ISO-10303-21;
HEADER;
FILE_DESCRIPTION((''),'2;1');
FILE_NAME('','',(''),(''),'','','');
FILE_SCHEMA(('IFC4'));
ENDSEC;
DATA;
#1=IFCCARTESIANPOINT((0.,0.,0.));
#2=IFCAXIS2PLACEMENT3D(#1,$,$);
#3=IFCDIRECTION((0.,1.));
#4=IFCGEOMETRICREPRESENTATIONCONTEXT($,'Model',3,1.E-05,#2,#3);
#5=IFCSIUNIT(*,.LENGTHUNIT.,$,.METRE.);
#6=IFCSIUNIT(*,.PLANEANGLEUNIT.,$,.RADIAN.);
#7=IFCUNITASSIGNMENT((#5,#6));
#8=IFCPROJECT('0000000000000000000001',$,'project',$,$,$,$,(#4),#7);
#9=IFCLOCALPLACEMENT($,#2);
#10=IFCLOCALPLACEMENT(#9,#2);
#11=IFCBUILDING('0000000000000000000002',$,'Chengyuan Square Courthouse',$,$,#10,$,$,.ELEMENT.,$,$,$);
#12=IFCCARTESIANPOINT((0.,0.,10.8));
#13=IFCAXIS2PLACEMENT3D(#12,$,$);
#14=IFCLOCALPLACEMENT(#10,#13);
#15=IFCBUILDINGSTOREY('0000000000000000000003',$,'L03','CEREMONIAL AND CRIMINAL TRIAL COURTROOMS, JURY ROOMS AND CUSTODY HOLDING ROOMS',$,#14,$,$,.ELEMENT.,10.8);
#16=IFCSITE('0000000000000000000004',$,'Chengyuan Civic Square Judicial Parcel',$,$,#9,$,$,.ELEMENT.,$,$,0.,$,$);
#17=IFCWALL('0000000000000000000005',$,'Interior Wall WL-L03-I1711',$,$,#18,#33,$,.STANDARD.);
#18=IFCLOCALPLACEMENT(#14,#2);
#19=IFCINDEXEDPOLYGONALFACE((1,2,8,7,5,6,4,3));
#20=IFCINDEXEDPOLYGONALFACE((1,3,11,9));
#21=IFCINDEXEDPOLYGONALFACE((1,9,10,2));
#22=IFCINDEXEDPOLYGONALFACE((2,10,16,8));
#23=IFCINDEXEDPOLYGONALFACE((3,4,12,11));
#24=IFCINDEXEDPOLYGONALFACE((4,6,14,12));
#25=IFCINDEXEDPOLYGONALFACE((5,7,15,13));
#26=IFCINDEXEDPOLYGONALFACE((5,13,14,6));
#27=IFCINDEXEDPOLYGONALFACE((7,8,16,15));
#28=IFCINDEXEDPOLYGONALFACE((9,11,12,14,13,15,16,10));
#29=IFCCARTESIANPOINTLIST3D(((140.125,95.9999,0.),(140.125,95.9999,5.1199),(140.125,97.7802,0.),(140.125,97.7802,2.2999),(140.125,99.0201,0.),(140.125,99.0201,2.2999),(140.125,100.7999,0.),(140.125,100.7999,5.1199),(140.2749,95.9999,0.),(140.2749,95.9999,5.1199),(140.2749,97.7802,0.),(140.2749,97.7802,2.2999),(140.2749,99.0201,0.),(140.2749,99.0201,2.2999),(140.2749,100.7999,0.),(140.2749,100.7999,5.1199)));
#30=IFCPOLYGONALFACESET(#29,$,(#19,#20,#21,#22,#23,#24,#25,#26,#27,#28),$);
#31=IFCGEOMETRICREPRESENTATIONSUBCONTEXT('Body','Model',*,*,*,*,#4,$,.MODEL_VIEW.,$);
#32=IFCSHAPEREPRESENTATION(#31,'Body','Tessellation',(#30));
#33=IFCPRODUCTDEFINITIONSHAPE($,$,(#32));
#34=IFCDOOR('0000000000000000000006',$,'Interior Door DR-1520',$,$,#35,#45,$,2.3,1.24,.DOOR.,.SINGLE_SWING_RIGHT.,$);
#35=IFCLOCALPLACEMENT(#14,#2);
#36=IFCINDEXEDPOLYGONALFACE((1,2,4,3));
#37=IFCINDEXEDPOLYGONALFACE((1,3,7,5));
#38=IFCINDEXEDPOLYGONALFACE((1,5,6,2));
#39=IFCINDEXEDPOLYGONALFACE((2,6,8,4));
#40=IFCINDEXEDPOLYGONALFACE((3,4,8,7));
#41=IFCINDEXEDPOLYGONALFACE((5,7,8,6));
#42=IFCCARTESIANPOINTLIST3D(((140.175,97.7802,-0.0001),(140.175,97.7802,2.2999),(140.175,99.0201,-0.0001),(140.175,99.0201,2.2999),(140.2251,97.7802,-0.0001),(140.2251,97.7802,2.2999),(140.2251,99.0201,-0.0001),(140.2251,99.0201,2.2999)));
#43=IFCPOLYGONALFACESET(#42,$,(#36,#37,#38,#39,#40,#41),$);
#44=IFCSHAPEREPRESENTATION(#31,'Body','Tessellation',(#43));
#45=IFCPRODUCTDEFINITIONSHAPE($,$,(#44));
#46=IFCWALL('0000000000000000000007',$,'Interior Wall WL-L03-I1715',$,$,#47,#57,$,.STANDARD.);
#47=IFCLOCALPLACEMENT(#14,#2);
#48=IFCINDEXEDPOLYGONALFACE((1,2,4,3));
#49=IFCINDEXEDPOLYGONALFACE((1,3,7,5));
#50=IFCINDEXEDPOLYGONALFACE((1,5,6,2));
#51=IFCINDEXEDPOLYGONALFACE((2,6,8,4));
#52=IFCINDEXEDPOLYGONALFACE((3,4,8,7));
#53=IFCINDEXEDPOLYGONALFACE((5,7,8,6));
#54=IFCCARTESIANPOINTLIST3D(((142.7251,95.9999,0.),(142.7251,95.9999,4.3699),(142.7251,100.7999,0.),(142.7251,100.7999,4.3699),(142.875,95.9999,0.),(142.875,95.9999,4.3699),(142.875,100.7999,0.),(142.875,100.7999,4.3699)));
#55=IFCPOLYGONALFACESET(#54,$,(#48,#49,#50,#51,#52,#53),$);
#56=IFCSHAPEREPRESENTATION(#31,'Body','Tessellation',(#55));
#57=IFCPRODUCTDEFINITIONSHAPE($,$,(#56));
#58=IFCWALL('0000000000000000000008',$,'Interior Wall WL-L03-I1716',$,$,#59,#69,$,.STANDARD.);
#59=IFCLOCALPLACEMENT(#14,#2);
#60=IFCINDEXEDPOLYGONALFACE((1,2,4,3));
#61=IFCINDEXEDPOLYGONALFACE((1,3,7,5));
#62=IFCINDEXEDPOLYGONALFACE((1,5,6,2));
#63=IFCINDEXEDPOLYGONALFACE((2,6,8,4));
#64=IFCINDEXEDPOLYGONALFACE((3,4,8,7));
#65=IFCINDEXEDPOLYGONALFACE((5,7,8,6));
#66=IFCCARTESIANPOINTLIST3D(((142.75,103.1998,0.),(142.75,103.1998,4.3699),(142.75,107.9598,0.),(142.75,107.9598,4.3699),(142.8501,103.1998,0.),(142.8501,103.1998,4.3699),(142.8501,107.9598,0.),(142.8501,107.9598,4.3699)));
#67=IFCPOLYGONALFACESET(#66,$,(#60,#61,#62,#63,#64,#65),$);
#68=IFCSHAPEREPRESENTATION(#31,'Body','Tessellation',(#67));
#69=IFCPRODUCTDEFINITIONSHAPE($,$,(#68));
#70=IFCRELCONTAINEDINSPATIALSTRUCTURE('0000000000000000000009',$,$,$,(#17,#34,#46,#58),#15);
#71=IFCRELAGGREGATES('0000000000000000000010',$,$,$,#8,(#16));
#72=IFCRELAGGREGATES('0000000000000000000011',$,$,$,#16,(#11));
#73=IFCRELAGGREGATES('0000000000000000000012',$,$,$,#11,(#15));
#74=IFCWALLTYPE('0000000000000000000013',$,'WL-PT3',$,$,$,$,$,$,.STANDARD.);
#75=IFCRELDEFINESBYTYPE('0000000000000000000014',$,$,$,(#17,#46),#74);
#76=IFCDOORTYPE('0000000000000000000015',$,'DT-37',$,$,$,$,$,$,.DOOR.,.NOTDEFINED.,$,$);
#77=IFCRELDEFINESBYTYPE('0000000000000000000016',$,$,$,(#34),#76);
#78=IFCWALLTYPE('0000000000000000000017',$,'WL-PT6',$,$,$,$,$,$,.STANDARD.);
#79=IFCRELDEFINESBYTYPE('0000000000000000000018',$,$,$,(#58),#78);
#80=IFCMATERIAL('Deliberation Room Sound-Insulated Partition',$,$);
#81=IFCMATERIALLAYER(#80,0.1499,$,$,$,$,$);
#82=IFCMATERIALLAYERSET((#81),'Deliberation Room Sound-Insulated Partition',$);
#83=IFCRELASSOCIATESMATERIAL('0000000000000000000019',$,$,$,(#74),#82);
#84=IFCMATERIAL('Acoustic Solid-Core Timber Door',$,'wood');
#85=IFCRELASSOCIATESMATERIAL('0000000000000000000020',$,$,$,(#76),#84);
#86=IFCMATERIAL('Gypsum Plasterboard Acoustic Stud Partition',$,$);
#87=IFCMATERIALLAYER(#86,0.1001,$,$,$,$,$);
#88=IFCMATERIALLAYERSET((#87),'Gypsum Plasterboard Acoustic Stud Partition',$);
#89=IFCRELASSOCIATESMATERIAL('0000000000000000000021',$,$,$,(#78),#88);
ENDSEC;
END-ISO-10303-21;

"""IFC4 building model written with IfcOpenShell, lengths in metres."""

from ifc_helpers import new_model, si_unit, direction, frame, frame_2d, origin, place, context, subcontext, project, spatial, rectangle, extrude, material, layer, layer_set, type_object, element, fill, save


model = new_model("IFC4")

# Units and contexts
model_context = context("Model", 3, precision=1e-05, world=origin(), true_north=direction((0.0, 1.0)))
body_context = subcontext(model_context, "Body", "Model", "MODEL_VIEW")
ifc_project = project(units=[si_unit("LENGTHUNIT", "METRE"), si_unit("PLANEANGLEUNIT", "RADIAN")], contexts=[model_context])

# Site, building, storey
site_placement = place(None, origin())
site = spatial("IfcSite", under=ifc_project, at=site_placement, Name="Chengyuan Civic Square Judicial Parcel", CompositionType="ELEMENT", RefElevation=0.0)
building_placement = place(site_placement, origin())
building = spatial("IfcBuilding", under=site, at=building_placement, Name="Chengyuan Square Courthouse", CompositionType="ELEMENT")
storey_placement = place(building_placement, frame((0.0, 0.0, 10.8)))
storey = spatial("IfcBuildingStorey", under=building, at=storey_placement, Name="L03", Description="CEREMONIAL AND CRIMINAL TRIAL COURTROOMS, JURY ROOMS AND CUSTODY HOLDING ROOMS", CompositionType="ELEMENT", Elevation=10.8)

# Shared definitions
ifc_material_1 = material(Name="Deliberation Room Sound-Insulated Partition")
ifc_layer_1 = layer(ifc_material_1, 0.1499)
ifc_layer_set_1 = layer_set([ifc_layer_1], Name="Deliberation Room Sound-Insulated Partition")
wall_type_1 = type_object("IfcWallType", Name="WL-PT3", PredefinedType="STANDARD", material=ifc_layer_set_1)
ifc_material_2 = material(Name="Acoustic Solid-Core Timber Door", Category="wood")

# Wall, opening, door
wall_1_placement = place(storey_placement, frame((140.2, 96.0, 0.0), z_axis=(0.0, 0.0, 1.0), x_axis=(0.0, 1.0, 0.0)))
wall_1 = element("IfcWall", 1, at=wall_1_placement, inside=storey, type_object=wall_type_1, Name="Interior Wall WL-L03-I1711", PredefinedType="STANDARD", context=body_context, shape_type="SweptSolid", body=[
    extrude(rectangle(XDim=4.8, YDim=0.1499, at=frame_2d((2.3999, 0.0))), origin(), (0.0, 0.0, 1.0), 5.1199),
])
opening_1_placement = place(wall_1_placement, frame((1.78, 0.0, 0.0)))
opening_1 = element("IfcOpeningElement", 2, at=opening_1_placement, cuts=wall_1, PredefinedType="OPENING", context=body_context, shape_type="SweptSolid", body=[
    extrude(rectangle(XDim=1.24, YDim=2.3, at=frame_2d((0.6201, 1.1499))), frame((0.0, 0.0869, 0.0), z_axis=(0.0, -1.0, 0.0), x_axis=(1.0, 0.0, 0.0)), (0.0, 0.0, 1.0), 0.1738),
])
door_type_1 = type_object("IfcDoorType", Name="DT-37", OperationType="NOTDEFINED", PredefinedType="DOOR", material=ifc_material_2)
door_1_placement = place(opening_1_placement, origin())
door_1 = element("IfcDoor", 3, at=door_1_placement, inside=storey, type_object=door_type_1, Name="Interior Door DR-1520", OperationType="SINGLE_SWING_RIGHT", OverallHeight=2.3, OverallWidth=1.24, PredefinedType="DOOR", context=body_context, shape_type="SweptSolid", body=[
    extrude(rectangle(XDim=1.24, YDim=2.3, at=frame_2d((0.6201, 1.1499))), frame((0.0, 0.0249, 0.0), z_axis=(0.0, -1.0, 0.0), x_axis=(1.0, 0.0, 0.0)), (0.0, 0.0, 1.0), 0.05),
])
fill(opening_1, door_1)

# Walls
wall_2_placement = place(storey_placement, frame((142.8, 96.0, 0.0), z_axis=(0.0, 0.0, 1.0), x_axis=(0.0, 1.0, 0.0)))
element("IfcWall", 4, at=wall_2_placement, inside=storey, type_object=wall_type_1, Name="Interior Wall WL-L03-I1715", PredefinedType="STANDARD", context=body_context, shape_type="SweptSolid", body=[
    extrude(rectangle(XDim=4.8, YDim=0.1499, at=frame_2d((2.3999, 0.0))), origin(), (0.0, 0.0, 1.0), 4.3699),
])
ifc_material_3 = material(Name="Gypsum Plasterboard Acoustic Stud Partition")
ifc_layer_2 = layer(ifc_material_3, 0.1001)
ifc_layer_set_2 = layer_set([ifc_layer_2], Name="Gypsum Plasterboard Acoustic Stud Partition")
wall_type_2 = type_object("IfcWallType", Name="WL-PT6", PredefinedType="STANDARD", material=ifc_layer_set_2)
wall_3_placement = place(storey_placement, frame((142.8, 103.2, 0.0), z_axis=(0.0, 0.0, 1.0), x_axis=(0.0, 1.0, 0.0)))
element("IfcWall", 5, at=wall_3_placement, inside=storey, type_object=wall_type_2, Name="Interior Wall WL-L03-I1716", PredefinedType="STANDARD", context=body_context, shape_type="SweptSolid", body=[
    extrude(rectangle(XDim=4.76, YDim=0.1001, at=frame_2d((2.3799, 0.0))), origin(), (0.0, 0.0, 1.0), 4.3699),
])

save(model, "model.ifc")
